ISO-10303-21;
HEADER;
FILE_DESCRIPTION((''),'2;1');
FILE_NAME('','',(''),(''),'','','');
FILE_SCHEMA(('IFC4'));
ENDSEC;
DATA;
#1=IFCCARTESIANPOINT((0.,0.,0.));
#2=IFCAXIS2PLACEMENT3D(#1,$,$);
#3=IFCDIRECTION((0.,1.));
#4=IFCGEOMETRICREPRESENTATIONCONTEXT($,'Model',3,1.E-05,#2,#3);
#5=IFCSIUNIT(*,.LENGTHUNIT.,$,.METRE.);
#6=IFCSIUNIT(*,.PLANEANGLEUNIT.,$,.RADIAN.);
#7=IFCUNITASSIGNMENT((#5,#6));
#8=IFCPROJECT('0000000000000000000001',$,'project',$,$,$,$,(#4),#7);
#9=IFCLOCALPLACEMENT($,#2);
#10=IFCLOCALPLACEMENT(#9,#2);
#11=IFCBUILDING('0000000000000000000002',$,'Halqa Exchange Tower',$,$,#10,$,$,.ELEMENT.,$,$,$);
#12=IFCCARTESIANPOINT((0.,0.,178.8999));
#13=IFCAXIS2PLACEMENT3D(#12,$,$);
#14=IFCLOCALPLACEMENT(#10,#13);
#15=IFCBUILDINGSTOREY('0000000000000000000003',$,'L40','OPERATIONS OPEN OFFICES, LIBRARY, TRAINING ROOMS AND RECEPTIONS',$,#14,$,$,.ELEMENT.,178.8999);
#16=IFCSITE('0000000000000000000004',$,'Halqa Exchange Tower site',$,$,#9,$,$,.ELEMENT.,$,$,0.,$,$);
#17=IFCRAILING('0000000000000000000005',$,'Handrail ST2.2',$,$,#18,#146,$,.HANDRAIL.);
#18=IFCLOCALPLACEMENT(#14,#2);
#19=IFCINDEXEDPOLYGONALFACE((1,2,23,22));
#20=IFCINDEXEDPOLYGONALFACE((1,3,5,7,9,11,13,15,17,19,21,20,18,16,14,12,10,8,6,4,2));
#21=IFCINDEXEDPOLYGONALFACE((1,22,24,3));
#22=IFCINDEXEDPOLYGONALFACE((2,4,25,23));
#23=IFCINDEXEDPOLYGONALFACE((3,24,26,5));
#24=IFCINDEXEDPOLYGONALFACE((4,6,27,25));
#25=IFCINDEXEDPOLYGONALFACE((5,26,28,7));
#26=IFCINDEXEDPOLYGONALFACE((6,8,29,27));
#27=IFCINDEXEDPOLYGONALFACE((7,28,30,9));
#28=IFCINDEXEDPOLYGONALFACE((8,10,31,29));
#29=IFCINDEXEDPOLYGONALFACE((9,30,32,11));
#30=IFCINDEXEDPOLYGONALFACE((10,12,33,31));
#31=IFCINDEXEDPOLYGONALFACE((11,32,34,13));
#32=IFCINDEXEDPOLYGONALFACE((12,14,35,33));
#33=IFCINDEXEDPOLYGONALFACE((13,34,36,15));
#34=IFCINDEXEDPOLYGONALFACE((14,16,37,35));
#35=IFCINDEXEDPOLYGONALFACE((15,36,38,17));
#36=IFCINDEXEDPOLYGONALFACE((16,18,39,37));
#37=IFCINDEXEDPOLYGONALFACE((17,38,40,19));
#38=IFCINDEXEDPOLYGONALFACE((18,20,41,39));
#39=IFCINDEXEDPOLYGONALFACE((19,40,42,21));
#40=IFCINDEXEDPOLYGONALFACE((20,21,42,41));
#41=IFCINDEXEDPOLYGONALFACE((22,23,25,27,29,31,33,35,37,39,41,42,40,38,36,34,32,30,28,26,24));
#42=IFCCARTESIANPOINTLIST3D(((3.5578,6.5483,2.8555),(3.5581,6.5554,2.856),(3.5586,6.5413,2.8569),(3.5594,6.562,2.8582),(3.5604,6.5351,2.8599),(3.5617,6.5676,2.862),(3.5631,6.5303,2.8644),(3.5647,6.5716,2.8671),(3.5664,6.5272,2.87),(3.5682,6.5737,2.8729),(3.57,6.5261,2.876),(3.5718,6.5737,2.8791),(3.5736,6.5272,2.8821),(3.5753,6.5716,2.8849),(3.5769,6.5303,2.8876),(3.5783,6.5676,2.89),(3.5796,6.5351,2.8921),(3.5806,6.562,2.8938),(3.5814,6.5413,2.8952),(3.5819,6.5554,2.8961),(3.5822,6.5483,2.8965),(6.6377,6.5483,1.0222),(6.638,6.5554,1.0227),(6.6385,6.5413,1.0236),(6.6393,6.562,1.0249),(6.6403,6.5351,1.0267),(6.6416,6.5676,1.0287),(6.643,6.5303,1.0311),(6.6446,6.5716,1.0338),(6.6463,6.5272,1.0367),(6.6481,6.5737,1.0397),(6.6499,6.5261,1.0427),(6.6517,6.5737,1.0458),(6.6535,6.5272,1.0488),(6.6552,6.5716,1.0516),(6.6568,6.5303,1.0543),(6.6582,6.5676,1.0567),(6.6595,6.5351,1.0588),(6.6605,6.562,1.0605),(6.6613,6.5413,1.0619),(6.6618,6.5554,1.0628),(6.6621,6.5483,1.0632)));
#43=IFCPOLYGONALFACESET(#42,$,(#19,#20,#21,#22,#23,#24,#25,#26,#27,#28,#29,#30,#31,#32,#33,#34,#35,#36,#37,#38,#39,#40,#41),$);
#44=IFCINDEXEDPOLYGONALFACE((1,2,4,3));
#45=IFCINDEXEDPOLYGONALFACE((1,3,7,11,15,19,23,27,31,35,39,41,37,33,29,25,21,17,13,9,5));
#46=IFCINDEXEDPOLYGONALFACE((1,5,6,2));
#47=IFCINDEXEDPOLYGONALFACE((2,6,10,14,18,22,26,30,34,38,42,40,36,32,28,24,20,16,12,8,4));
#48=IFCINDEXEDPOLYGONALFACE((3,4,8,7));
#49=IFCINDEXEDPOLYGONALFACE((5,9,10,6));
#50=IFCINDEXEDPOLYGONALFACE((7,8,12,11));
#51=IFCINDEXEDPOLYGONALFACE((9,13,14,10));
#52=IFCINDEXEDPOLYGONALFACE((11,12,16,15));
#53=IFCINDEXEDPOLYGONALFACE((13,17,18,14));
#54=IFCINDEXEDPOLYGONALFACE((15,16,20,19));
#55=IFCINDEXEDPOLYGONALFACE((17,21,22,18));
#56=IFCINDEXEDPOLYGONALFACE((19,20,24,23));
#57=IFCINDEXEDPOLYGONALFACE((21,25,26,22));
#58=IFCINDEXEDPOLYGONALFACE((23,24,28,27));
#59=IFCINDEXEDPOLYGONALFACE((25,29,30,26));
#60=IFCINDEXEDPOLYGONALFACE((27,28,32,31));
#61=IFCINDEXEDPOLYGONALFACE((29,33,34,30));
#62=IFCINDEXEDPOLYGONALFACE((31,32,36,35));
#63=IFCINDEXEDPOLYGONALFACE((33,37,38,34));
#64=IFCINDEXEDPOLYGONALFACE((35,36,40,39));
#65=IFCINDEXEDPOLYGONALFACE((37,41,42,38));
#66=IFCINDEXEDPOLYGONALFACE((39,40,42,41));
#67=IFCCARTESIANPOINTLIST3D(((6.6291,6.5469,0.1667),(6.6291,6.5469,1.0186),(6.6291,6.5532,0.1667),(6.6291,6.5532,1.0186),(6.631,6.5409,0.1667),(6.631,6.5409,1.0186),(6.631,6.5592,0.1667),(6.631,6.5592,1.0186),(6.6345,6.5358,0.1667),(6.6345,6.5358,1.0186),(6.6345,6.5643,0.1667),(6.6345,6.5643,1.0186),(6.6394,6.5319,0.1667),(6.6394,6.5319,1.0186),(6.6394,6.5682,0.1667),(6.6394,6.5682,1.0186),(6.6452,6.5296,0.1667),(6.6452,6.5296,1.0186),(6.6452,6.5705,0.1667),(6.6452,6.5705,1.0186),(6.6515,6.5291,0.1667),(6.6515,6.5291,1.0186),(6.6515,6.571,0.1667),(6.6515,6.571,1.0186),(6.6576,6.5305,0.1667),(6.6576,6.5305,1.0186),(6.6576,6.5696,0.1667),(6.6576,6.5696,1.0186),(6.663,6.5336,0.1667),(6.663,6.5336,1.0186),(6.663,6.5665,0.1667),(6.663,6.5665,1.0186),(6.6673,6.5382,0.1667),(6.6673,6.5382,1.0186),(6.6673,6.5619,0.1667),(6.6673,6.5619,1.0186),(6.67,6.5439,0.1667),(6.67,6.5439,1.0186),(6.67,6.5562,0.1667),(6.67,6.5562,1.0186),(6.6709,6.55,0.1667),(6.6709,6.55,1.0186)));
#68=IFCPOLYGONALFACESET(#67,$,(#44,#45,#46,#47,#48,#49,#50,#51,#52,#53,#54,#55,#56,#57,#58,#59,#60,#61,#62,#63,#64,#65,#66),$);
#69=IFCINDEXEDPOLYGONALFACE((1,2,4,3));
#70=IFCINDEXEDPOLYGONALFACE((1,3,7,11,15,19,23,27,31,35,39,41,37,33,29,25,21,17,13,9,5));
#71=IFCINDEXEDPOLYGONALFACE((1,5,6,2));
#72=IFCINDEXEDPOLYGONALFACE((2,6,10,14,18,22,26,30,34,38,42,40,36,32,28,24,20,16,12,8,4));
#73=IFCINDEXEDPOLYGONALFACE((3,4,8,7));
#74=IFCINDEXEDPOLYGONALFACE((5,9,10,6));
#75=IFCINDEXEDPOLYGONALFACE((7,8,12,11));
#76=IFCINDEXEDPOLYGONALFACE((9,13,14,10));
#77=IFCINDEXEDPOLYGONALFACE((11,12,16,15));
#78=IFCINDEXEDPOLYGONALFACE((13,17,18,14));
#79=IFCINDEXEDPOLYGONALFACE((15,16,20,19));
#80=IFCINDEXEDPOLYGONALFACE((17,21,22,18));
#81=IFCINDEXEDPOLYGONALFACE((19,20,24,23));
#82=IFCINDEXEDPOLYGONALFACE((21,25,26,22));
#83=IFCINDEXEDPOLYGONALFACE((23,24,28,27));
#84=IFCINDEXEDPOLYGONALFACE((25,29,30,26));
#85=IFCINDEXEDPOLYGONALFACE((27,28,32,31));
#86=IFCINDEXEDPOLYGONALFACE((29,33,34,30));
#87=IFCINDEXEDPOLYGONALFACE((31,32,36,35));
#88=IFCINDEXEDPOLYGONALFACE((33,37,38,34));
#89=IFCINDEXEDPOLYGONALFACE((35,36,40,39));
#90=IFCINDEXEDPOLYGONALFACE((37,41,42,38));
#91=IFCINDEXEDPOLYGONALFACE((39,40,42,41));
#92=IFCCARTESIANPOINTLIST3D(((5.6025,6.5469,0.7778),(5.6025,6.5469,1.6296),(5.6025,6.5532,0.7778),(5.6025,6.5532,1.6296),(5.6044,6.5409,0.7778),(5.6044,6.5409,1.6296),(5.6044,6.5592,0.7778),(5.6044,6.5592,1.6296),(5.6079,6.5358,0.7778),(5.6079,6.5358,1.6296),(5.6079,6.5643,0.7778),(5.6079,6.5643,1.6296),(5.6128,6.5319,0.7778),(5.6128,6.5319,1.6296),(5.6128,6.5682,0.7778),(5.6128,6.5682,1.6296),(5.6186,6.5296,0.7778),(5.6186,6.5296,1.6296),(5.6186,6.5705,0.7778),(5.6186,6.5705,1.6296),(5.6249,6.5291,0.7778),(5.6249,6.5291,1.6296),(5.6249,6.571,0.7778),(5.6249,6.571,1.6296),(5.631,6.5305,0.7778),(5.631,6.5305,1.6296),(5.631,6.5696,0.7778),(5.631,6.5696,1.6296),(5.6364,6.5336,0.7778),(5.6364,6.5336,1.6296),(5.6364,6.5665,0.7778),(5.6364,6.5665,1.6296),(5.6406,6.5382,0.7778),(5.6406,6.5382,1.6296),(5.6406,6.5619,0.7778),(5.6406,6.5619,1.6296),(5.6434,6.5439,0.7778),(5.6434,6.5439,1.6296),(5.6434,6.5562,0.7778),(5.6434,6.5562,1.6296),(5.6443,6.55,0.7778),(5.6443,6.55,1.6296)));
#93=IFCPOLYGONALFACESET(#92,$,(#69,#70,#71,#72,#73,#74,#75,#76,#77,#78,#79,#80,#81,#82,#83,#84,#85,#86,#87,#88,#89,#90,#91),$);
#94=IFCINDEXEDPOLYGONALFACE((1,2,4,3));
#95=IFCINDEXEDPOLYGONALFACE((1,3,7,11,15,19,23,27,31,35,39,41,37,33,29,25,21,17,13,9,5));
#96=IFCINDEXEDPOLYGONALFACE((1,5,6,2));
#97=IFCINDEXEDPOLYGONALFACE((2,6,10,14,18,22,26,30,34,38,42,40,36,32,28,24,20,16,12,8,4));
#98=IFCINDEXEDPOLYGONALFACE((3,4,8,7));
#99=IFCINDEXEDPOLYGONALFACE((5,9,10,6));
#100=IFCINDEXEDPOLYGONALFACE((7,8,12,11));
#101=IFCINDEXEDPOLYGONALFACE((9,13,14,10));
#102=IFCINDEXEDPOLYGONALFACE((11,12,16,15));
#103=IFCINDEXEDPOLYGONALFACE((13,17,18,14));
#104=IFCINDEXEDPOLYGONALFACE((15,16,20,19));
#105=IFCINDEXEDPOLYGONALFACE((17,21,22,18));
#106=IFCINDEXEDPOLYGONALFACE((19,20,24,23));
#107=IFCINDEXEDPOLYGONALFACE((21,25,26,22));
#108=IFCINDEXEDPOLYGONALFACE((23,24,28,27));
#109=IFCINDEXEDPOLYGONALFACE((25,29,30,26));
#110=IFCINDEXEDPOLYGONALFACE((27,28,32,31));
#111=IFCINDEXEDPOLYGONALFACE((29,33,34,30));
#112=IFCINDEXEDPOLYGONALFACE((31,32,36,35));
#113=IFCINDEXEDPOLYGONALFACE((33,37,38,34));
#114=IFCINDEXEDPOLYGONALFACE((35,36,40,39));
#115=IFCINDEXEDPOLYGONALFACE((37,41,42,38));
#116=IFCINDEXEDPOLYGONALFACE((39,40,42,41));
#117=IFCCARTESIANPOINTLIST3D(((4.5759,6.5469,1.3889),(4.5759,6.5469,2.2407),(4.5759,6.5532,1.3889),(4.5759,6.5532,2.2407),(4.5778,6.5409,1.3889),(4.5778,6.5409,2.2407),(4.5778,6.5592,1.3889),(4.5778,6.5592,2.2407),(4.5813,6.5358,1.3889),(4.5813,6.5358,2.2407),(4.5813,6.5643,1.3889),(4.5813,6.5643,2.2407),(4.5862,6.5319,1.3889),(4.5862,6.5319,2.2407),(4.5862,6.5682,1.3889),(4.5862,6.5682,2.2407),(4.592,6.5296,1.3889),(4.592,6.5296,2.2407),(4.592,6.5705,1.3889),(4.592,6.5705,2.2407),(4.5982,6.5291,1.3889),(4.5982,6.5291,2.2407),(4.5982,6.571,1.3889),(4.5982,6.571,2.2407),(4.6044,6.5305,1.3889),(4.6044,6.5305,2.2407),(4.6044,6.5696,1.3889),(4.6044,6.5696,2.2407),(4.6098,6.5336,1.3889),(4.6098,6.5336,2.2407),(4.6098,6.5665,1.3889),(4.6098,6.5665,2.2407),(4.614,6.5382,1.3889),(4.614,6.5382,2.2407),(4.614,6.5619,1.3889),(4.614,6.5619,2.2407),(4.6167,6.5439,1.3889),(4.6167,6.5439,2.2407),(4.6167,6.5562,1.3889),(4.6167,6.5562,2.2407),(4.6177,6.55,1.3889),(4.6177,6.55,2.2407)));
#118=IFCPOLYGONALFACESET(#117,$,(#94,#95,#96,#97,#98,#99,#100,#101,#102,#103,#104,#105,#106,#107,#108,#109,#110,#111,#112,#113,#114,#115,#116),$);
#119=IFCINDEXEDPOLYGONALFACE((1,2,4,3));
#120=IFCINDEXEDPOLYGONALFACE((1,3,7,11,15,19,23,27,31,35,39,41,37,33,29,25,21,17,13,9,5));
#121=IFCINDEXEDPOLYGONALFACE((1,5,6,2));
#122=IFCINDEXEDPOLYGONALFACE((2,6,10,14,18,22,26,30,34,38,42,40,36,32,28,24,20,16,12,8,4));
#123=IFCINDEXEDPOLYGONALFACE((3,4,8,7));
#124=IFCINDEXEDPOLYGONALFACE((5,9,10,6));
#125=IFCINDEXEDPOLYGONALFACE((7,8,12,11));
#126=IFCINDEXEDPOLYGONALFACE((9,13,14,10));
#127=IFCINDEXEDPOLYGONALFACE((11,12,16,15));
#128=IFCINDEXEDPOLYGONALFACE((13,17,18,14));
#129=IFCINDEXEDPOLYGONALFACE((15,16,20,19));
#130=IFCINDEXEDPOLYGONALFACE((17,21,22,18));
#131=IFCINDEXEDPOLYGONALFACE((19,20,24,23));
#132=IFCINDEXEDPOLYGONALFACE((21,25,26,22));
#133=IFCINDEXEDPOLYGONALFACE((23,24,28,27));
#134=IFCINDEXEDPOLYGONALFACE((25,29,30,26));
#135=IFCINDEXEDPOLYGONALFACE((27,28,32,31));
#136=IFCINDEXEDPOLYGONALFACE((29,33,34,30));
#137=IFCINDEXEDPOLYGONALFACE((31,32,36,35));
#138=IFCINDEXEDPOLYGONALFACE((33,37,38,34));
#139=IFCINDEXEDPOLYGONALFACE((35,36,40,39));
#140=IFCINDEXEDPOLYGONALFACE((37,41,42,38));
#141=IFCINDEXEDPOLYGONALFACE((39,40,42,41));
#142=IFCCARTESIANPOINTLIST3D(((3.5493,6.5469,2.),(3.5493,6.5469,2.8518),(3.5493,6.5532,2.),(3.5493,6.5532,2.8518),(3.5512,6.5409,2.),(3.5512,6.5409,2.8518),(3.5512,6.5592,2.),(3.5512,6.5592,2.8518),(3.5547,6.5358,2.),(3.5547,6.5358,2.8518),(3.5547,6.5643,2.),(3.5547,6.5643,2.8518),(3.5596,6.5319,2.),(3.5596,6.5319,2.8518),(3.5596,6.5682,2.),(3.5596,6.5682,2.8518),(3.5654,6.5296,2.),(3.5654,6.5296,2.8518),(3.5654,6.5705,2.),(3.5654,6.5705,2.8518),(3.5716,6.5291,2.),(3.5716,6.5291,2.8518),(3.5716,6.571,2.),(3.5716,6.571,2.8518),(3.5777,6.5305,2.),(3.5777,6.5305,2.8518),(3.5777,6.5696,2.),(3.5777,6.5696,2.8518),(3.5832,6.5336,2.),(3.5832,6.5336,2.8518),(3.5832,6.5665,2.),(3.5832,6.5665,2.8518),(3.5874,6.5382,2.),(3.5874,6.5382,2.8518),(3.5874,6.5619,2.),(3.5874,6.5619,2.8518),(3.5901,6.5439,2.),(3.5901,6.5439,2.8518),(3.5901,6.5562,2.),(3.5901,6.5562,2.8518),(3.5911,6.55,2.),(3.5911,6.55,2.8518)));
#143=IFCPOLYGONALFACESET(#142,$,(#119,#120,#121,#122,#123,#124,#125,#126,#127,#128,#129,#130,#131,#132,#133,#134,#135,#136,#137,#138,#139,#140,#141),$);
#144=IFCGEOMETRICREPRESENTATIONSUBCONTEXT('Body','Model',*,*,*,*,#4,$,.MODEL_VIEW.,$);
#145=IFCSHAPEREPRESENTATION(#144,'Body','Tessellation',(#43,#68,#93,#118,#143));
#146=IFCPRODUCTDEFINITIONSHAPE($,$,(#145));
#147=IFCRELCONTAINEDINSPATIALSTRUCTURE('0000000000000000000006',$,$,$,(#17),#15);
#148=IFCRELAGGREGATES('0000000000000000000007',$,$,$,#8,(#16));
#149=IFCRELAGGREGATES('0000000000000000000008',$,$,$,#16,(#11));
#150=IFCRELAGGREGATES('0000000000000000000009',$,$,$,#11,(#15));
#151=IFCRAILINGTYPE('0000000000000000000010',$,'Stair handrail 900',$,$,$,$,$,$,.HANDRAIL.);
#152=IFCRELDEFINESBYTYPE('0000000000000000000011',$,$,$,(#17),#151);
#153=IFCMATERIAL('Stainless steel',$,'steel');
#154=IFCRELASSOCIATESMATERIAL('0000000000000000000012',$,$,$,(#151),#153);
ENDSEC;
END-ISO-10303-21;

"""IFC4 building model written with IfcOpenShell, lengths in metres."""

from ifc_helpers import new_model, si_unit, direction, frame, origin, origin_2d, place, context, subcontext, project, spatial, circle, extrude, material, type_object, element, save


model = new_model("IFC4")

# Units and contexts
model_context = context("Model", 3, precision=1e-05, world=origin(), true_north=direction((0.0, 1.0)))
body_context = subcontext(model_context, "Body", "Model", "MODEL_VIEW")
ifc_project = project(units=[si_unit("LENGTHUNIT", "METRE"), si_unit("PLANEANGLEUNIT", "RADIAN")], contexts=[model_context])

# Site, building, storey
site_placement = place(None, origin())
site = spatial("IfcSite", under=ifc_project, at=site_placement, Name="Halqa Exchange Tower site", CompositionType="ELEMENT", RefElevation=0.0)
building_placement = place(site_placement, origin())
building = spatial("IfcBuilding", under=site, at=building_placement, Name="Halqa Exchange Tower", CompositionType="ELEMENT")
storey_placement = place(building_placement, frame((0.0, 0.0, 178.8999)))
storey = spatial("IfcBuildingStorey", under=building, at=storey_placement, Name="L40", Description="OPERATIONS OPEN OFFICES, LIBRARY, TRAINING ROOMS AND RECEPTIONS", CompositionType="ELEMENT", Elevation=178.8999)

# Railing
ifc_material_1 = material(Name="Stainless steel", Category="steel")
railing_type_1 = type_object("IfcRailingType", Name="Stair handrail 900", PredefinedType="HANDRAIL", material=ifc_material_1)
railing_1_placement = place(storey_placement, frame((6.6499, 6.55, 0.1667)))
element("IfcRailing", 1, at=railing_1_placement, inside=storey, type_object=railing_type_1, Name="Handrail ST2.2", PredefinedType="HANDRAIL", context=body_context, shape_type="SweptSolid", body=[
    extrude(circle(Radius=0.0239, at=origin_2d()), frame((0.0, 0.0, 0.876), z_axis=(-0.859291, 0.0, 0.511487), x_axis=(0.0, -1.0, 0.0)), (0.0, 0.0, 1.0), 3.5842),
    extrude(circle(Radius=0.021, at=origin_2d()), origin(), (0.0, 0.0, 1.0), 0.8518),
    extrude(circle(Radius=0.021, at=origin_2d()), frame((-1.0266, 0.0, 0.6111)), (0.0, 0.0, 1.0), 0.8518),
    extrude(circle(Radius=0.021, at=origin_2d()), frame((-2.0532, 0.0, 1.2222)), (0.0, 0.0, 1.0), 0.8518),
    extrude(circle(Radius=0.021, at=origin_2d()), frame((-3.0798, 0.0, 1.8333)), (0.0, 0.0, 1.0), 0.8518),
])

save(model, "model.ifc")
